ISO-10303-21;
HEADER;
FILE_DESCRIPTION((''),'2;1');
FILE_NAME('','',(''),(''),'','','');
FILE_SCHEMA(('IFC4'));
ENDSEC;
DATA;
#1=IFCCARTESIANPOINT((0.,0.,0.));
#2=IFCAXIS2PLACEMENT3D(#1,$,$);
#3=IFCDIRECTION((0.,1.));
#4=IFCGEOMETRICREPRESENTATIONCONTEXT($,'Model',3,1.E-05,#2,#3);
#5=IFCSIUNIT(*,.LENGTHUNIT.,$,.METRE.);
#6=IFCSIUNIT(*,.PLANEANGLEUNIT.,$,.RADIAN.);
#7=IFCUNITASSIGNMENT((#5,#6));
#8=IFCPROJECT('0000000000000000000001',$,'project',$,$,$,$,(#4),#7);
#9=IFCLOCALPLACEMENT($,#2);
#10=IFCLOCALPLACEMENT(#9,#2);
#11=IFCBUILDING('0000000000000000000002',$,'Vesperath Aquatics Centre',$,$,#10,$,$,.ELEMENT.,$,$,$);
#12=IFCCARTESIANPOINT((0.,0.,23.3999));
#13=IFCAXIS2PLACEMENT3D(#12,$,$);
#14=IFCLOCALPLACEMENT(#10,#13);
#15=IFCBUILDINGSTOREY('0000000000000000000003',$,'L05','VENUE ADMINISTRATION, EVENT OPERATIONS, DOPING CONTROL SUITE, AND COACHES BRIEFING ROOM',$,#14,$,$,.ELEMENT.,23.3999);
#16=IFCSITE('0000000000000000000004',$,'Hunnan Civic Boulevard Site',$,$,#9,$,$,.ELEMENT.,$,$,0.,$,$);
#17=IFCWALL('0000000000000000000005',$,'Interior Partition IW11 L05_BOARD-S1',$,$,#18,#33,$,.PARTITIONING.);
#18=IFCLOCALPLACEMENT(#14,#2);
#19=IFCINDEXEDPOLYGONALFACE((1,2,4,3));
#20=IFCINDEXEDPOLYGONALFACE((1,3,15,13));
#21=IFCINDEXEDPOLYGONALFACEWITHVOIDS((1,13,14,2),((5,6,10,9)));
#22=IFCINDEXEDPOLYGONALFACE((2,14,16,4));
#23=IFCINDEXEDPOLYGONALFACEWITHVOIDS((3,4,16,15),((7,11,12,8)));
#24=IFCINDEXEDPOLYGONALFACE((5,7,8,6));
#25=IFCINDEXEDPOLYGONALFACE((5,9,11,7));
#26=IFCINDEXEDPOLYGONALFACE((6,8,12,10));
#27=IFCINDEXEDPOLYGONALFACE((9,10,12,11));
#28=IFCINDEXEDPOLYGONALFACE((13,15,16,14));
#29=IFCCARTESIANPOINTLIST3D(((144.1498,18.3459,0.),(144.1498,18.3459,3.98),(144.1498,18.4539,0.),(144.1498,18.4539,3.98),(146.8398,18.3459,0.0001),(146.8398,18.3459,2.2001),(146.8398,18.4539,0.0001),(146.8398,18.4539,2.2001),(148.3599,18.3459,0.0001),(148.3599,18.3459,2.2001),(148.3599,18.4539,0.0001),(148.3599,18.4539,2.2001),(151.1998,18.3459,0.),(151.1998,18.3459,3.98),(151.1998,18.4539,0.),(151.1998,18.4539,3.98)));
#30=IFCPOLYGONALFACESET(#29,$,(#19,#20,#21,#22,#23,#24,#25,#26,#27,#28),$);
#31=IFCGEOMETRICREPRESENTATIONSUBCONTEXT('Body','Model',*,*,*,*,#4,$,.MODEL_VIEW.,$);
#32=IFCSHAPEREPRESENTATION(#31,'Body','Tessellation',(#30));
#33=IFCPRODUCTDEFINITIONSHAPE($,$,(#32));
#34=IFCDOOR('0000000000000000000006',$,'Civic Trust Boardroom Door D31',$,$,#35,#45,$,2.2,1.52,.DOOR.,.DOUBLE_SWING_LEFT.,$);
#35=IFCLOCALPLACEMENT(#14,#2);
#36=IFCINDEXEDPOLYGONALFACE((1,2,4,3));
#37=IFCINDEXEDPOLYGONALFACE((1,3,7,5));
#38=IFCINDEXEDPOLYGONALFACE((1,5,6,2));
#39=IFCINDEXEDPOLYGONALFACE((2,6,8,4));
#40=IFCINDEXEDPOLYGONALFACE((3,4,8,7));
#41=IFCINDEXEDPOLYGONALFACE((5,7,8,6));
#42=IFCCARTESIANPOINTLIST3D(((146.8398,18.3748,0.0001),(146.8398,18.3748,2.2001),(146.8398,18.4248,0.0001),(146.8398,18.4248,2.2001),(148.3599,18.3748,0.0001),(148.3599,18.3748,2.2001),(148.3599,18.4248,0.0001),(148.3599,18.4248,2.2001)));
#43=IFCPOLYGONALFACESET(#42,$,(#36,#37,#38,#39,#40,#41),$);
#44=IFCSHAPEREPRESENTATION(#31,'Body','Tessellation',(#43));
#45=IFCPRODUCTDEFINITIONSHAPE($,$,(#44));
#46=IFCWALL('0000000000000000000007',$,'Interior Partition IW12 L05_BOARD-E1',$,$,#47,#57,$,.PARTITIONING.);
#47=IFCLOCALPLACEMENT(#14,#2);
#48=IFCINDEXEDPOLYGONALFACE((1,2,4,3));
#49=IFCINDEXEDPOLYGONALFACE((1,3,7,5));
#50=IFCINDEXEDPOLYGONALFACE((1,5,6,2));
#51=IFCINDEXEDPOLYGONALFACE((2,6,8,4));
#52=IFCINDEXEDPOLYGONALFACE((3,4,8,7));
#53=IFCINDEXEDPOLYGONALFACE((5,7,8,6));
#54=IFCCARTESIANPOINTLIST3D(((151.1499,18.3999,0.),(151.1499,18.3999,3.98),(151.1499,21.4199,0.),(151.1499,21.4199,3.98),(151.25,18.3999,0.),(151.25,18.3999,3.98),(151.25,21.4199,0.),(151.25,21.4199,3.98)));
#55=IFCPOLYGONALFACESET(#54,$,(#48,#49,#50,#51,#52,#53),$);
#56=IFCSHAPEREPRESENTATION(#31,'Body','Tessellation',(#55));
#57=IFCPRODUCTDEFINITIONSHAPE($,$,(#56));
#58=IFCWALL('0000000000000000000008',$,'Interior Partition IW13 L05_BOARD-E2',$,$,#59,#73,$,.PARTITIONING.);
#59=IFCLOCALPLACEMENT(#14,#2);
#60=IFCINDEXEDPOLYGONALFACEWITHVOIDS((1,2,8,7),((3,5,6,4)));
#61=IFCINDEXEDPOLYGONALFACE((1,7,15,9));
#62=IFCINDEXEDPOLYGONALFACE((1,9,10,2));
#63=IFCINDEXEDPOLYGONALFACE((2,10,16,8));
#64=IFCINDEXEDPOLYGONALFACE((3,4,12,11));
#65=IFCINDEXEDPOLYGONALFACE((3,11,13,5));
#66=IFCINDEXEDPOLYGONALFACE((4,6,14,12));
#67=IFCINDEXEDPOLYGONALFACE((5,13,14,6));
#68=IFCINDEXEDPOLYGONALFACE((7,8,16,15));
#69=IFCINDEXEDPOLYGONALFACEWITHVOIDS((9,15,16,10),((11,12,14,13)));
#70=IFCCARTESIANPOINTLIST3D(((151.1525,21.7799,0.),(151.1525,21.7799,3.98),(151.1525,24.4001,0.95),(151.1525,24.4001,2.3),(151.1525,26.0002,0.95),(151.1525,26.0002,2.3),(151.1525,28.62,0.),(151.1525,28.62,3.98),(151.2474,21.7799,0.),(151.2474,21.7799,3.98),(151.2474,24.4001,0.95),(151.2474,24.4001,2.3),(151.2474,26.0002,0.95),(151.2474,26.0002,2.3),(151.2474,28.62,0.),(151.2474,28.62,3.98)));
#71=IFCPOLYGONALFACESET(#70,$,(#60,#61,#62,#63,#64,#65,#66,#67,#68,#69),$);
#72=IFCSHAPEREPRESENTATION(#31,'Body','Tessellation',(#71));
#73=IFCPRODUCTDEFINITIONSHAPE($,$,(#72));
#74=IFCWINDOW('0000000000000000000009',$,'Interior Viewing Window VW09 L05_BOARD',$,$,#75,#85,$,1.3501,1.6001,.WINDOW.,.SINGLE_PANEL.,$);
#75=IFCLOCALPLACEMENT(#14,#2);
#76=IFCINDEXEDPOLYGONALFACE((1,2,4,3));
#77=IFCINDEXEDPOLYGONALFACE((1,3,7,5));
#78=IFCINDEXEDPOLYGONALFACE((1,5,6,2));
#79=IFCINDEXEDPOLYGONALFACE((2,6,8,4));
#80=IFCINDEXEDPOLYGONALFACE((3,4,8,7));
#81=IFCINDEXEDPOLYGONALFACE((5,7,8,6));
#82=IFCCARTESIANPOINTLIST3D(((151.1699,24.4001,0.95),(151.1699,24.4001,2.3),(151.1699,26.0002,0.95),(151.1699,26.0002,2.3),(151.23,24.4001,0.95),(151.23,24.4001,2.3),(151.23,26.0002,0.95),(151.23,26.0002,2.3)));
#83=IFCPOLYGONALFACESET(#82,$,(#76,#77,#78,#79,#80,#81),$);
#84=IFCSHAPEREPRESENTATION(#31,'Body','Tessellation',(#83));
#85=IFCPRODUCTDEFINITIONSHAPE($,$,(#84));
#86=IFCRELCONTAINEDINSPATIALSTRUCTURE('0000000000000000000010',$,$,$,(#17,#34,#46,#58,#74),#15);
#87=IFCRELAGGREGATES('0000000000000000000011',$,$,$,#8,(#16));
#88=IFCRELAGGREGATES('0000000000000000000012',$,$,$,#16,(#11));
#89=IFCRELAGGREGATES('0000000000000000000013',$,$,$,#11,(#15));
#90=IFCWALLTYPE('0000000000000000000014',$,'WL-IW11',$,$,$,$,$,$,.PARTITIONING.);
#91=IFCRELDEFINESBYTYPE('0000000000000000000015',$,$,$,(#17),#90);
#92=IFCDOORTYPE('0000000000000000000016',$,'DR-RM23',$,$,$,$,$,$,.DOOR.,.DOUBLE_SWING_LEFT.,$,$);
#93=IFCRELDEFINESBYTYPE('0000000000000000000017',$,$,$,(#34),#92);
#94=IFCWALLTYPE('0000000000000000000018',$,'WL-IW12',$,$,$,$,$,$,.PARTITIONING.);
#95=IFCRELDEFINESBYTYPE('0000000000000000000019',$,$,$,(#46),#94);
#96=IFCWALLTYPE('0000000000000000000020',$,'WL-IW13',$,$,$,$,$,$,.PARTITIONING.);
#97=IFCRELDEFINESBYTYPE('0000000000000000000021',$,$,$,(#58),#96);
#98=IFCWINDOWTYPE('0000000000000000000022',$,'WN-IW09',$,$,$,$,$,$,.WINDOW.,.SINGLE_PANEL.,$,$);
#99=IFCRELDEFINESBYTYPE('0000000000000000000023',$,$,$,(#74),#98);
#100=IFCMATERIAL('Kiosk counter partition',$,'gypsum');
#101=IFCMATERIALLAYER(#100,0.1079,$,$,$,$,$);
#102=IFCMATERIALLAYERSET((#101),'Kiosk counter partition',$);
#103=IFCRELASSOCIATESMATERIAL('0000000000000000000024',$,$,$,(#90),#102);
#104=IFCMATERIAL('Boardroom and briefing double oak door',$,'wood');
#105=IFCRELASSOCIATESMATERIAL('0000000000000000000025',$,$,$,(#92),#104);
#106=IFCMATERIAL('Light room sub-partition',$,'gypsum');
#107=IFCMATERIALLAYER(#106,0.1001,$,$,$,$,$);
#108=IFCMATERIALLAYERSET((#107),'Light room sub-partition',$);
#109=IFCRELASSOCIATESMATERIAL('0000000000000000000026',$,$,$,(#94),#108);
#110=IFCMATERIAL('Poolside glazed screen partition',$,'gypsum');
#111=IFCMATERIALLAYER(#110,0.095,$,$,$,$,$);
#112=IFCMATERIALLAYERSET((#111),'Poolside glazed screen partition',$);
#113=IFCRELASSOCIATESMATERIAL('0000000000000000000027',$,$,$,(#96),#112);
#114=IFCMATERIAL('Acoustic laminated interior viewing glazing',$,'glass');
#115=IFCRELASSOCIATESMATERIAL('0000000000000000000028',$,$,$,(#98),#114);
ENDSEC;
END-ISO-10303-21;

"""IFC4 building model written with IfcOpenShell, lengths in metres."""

from ifc_helpers import new_model, si_unit, direction, frame, frame_2d, origin, place, context, subcontext, project, spatial, rectangle, extrude, material, layer, layer_set, type_object, element, fill, save


model = new_model("IFC4")

# Units and contexts
model_context = context("Model", 3, precision=1e-05, world=origin(), true_north=direction((0.0, 1.0)))
body_context = subcontext(model_context, "Body", "Model", "MODEL_VIEW")
ifc_project = project(units=[si_unit("LENGTHUNIT", "METRE"), si_unit("PLANEANGLEUNIT", "RADIAN")], contexts=[model_context])

# Site, building, storey
site_placement = place(None, origin())
site = spatial("IfcSite", under=ifc_project, at=site_placement, Name="Hunnan Civic Boulevard Site", CompositionType="ELEMENT", RefElevation=0.0)
building_placement = place(site_placement, origin())
building = spatial("IfcBuilding", under=site, at=building_placement, Name="Vesperath Aquatics Centre", CompositionType="ELEMENT")
storey_placement = place(building_placement, frame((0.0, 0.0, 23.3999)))
storey = spatial("IfcBuildingStorey", under=building, at=storey_placement, Name="L05", Description="VENUE ADMINISTRATION, EVENT OPERATIONS, DOPING CONTROL SUITE, AND COACHES BRIEFING ROOM", CompositionType="ELEMENT", Elevation=23.3999)

# Shared definitions
ifc_material_1 = material(Name="Acoustic laminated interior viewing glazing", Category="glass")

# Wall, opening, door
ifc_material_2 = material(Name="Kiosk counter partition", Category="gypsum")
ifc_layer_1 = layer(ifc_material_2, 0.1079)
ifc_layer_set_1 = layer_set([ifc_layer_1], Name="Kiosk counter partition")
wall_type_1 = type_object("IfcWallType", Name="WL-IW11", PredefinedType="PARTITIONING", material=ifc_layer_set_1)
wall_1_placement = place(storey_placement, frame((144.1499, 18.3999, 0.0), z_axis=(0.0, 0.0, 1.0), x_axis=(1.0, 0.0, 0.0)))
wall_1 = element("IfcWall", 1, at=wall_1_placement, inside=storey, type_object=wall_type_1, Name="Interior Partition IW11 L05_BOARD-S1", PredefinedType="PARTITIONING", context=body_context, shape_type="SweptSolid", body=[
    extrude(rectangle(XDim=7.05, YDim=0.1079, at=frame_2d((3.5249, 0.0))), origin(), (0.0, 0.0, 1.0), 3.98),
])
opening_1_placement = place(wall_1_placement, frame((2.6899, 0.0, 0.0)))
opening_1 = element("IfcOpeningElement", 2, at=opening_1_placement, cuts=wall_1, PredefinedType="OPENING", context=body_context, shape_type="SweptSolid", body=[
    extrude(rectangle(XDim=1.52, YDim=2.2, at=frame_2d((0.76, 1.1001))), frame((0.0, 0.0688, 0.0), z_axis=(0.0, -1.0, 0.0), x_axis=(1.0, 0.0, 0.0)), (0.0, 0.0, 1.0), 0.1377),
])
ifc_material_3 = material(Name="Boardroom and briefing double oak door", Category="wood")
door_type_1 = type_object("IfcDoorType", Name="DR-RM23", OperationType="DOUBLE_SWING_LEFT", PredefinedType="DOOR", material=ifc_material_3)
door_1_placement = place(opening_1_placement, origin())
door_1 = element("IfcDoor", 3, at=door_1_placement, inside=storey, type_object=door_type_1, Name="Civic Trust Boardroom Door D31", OperationType="DOUBLE_SWING_LEFT", OverallHeight=2.2, OverallWidth=1.52, PredefinedType="DOOR", context=body_context, shape_type="SweptSolid", body=[
    extrude(rectangle(XDim=1.52, YDim=2.2, at=frame_2d((0.76, 1.1001))), frame((0.0, 0.0249, 0.0), z_axis=(0.0, -1.0, 0.0), x_axis=(1.0, 0.0, 0.0)), (0.0, 0.0, 1.0), 0.05),
])
fill(opening_1, door_1)

# Wall
ifc_material_4 = material(Name="Light room sub-partition", Category="gypsum")
ifc_layer_2 = layer(ifc_material_4, 0.1001)
ifc_layer_set_2 = layer_set([ifc_layer_2], Name="Light room sub-partition")
wall_type_2 = type_object("IfcWallType", Name="WL-IW12", PredefinedType="PARTITIONING", material=ifc_layer_set_2)
wall_2_placement = place(storey_placement, frame((151.2, 18.3999, 0.0), z_axis=(0.0, 0.0, 1.0), x_axis=(0.0, 1.0, 0.0)))
element("IfcWall", 4, at=wall_2_placement, inside=storey, type_object=wall_type_2, Name="Interior Partition IW12 L05_BOARD-E1", PredefinedType="PARTITIONING", context=body_context, shape_type="SweptSolid", body=[
    extrude(rectangle(XDim=3.02, YDim=0.1001, at=frame_2d((1.51, 0.0))), origin(), (0.0, 0.0, 1.0), 3.98),
])

# Wall, opening, window
ifc_material_5 = material(Name="Poolside glazed screen partition", Category="gypsum")
ifc_layer_3 = layer(ifc_material_5, 0.095)
ifc_layer_set_3 = layer_set([ifc_layer_3], Name="Poolside glazed screen partition")
wall_type_3 = type_object("IfcWallType", Name="WL-IW13", PredefinedType="PARTITIONING", material=ifc_layer_set_3)
wall_3_placement = place(storey_placement, frame((151.2, 21.78, 0.0), z_axis=(0.0, 0.0, 1.0), x_axis=(0.0, 1.0, 0.0)))
wall_3 = element("IfcWall", 5, at=wall_3_placement, inside=storey, type_object=wall_type_3, Name="Interior Partition IW13 L05_BOARD-E2", PredefinedType="PARTITIONING", context=body_context, shape_type="SweptSolid", body=[
    extrude(rectangle(XDim=6.8401, YDim=0.095, at=frame_2d((3.4199, 0.0))), origin(), (0.0, 0.0, 1.0), 3.98),
])
opening_2_placement = place(wall_3_placement, frame((2.6201, 0.0, 0.95)))
opening_2 = element("IfcOpeningElement", 6, at=opening_2_placement, cuts=wall_3, PredefinedType="OPENING", context=body_context, shape_type="SweptSolid", body=[
    extrude(rectangle(XDim=1.6001, YDim=1.3501, at=frame_2d((0.8, 0.675))), frame((0.0, 0.0625, 0.0), z_axis=(0.0, -1.0, 0.0), x_axis=(1.0, 0.0, 0.0)), (0.0, 0.0, 1.0), 0.1248),
])
window_type_1 = type_object("IfcWindowType", Name="WN-IW09", PartitioningType="SINGLE_PANEL", PredefinedType="WINDOW", material=ifc_material_1)
window_1_placement = place(opening_2_placement, origin())
window_1 = element("IfcWindow", 7, at=window_1_placement, inside=storey, type_object=window_type_1, Name="Interior Viewing Window VW09 L05_BOARD", OverallHeight=1.3501, OverallWidth=1.6001, PartitioningType="SINGLE_PANEL", PredefinedType="WINDOW", context=body_context, shape_type="SweptSolid", body=[
    extrude(rectangle(XDim=1.6001, YDim=1.3501, at=frame_2d((0.8, 0.675))), frame((0.0, 0.03, 0.0), z_axis=(0.0, -1.0, 0.0), x_axis=(1.0, 0.0, 0.0)), (0.0, 0.0, 1.0), 0.0601),
])
fill(opening_2, window_1)

save(model, "model.ifc")
